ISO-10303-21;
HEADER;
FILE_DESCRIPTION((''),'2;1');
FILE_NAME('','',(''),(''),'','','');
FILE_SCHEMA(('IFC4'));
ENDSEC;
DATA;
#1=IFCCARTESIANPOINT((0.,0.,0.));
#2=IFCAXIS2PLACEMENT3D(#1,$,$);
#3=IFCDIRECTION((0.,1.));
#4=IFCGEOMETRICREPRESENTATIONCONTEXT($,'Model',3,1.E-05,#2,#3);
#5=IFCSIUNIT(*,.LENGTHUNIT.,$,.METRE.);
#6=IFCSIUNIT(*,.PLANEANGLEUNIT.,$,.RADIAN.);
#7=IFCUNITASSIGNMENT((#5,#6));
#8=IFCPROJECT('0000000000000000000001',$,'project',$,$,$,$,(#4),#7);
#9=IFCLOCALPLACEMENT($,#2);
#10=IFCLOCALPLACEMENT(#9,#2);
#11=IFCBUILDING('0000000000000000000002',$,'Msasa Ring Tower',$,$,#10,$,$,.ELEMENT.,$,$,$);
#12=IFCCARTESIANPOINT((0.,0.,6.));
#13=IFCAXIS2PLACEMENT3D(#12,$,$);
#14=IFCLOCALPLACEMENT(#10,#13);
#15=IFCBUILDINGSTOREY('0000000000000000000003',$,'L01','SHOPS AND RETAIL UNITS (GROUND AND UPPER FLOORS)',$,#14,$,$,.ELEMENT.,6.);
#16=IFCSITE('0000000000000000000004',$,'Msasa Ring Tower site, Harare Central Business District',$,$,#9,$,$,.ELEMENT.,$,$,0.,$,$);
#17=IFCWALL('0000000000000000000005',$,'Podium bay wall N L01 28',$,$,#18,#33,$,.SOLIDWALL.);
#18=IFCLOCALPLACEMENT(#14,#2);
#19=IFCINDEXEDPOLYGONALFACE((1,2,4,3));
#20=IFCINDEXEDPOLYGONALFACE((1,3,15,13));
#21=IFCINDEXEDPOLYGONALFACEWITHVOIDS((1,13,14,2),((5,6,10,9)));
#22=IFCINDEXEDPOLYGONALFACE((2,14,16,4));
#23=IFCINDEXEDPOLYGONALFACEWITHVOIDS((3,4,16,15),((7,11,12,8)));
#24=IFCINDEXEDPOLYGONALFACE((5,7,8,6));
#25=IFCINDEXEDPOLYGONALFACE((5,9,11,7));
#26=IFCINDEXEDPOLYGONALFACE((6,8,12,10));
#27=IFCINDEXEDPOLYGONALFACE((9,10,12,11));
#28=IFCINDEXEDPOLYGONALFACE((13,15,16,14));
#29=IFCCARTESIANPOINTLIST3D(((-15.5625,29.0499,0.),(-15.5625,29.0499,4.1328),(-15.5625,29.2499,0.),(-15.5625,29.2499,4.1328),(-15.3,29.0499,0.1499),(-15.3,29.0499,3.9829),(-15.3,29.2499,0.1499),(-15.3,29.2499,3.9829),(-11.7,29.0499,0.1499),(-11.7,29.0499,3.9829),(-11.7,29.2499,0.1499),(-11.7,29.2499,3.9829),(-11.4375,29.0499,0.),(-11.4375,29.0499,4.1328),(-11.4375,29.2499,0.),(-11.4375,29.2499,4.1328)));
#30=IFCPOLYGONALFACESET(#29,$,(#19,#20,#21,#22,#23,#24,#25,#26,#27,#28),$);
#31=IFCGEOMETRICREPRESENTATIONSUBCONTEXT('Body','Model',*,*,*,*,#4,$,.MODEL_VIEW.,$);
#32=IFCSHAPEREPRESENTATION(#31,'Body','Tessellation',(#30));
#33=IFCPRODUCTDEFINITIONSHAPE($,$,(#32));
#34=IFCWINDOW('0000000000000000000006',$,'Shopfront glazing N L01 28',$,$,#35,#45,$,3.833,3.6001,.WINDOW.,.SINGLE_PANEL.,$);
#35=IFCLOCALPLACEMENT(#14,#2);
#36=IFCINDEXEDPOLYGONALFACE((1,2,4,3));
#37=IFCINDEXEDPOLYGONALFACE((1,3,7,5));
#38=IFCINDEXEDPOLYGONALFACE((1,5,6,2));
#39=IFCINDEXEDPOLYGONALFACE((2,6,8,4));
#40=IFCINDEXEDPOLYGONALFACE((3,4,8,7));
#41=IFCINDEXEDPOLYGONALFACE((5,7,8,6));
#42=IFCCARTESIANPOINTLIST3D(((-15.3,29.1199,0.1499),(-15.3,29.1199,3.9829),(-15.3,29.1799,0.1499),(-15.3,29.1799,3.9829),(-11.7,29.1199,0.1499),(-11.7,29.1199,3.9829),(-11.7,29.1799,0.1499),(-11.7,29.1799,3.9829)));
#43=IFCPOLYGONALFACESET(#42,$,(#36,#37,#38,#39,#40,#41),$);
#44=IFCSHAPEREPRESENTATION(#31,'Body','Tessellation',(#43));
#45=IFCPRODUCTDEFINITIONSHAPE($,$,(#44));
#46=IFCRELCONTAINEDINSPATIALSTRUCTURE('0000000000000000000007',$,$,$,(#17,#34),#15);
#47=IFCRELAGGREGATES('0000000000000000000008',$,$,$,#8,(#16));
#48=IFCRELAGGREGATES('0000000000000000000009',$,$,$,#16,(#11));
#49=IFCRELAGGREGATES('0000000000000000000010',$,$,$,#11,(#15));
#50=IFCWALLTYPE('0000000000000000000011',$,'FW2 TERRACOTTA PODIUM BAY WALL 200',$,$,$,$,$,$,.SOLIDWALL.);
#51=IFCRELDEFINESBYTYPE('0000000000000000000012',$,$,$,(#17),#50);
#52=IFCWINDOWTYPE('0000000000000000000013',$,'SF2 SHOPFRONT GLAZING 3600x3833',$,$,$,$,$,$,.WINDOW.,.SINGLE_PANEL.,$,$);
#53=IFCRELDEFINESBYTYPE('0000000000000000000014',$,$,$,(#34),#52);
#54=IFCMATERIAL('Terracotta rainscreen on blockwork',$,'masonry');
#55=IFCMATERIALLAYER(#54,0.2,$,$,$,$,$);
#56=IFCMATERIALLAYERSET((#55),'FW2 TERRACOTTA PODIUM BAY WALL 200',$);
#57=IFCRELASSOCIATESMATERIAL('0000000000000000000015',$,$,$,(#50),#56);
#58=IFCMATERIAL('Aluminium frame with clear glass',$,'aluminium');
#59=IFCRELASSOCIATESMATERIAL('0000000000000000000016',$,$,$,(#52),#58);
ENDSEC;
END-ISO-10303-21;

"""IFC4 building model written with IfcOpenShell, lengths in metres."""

from ifc_helpers import new_model, si_unit, direction, frame, frame_2d, origin, place, context, subcontext, project, spatial, rectangle, extrude, material, layer, layer_set, type_object, element, fill, save


model = new_model("IFC4")

# Units and contexts
model_context = context("Model", 3, precision=1e-05, world=origin(), true_north=direction((0.0, 1.0)))
body_context = subcontext(model_context, "Body", "Model", "MODEL_VIEW")
ifc_project = project(units=[si_unit("LENGTHUNIT", "METRE"), si_unit("PLANEANGLEUNIT", "RADIAN")], contexts=[model_context])

# Site, building, storey
site_placement = place(None, origin())
site = spatial("IfcSite", under=ifc_project, at=site_placement, Name="Msasa Ring Tower site, Harare Central Business District", CompositionType="ELEMENT", RefElevation=0.0)
building_placement = place(site_placement, origin())
building = spatial("IfcBuilding", under=site, at=building_placement, Name="Msasa Ring Tower", CompositionType="ELEMENT")
storey_placement = place(building_placement, frame((0.0, 0.0, 6.0)))
storey = spatial("IfcBuildingStorey", under=building, at=storey_placement, Name="L01", Description="SHOPS AND RETAIL UNITS (GROUND AND UPPER FLOORS)", CompositionType="ELEMENT", Elevation=6.0)

# Wall, opening, window
ifc_material_1 = material(Name="Terracotta rainscreen on blockwork", Category="masonry")
ifc_layer = layer(ifc_material_1, 0.2)
ifc_layer_set = layer_set([ifc_layer], Name="FW2 TERRACOTTA PODIUM BAY WALL 200")
wall_type = type_object("IfcWallType", Name="FW2 TERRACOTTA PODIUM BAY WALL 200", PredefinedType="SOLIDWALL", material=ifc_layer_set)
ifc_material_2 = material(Name="Aluminium frame with clear glass", Category="aluminium")
window_type = type_object("IfcWindowType", Name="SF2 SHOPFRONT GLAZING 3600x3833", PartitioningType="SINGLE_PANEL", PredefinedType="WINDOW", material=ifc_material_2)
wall_1_placement = place(storey_placement, frame((-15.5625, 29.1499, 0.0), z_axis=(0.0, 0.0, 1.0), x_axis=(1.0, 0.0, 0.0)))
wall_1 = element("IfcWall", 1, at=wall_1_placement, inside=storey, type_object=wall_type, Name="Podium bay wall N L01 28", PredefinedType="SOLIDWALL", context=body_context, shape_type="SweptSolid", body=[
    extrude(rectangle(XDim=4.125, YDim=0.2, at=frame_2d((2.0625, 0.0))), origin(), (0.0, 0.0, 1.0), 4.1328),
])
opening_1_placement = place(wall_1_placement, frame((0.2625, 0.0, 0.1499)))
opening_1 = element("IfcOpeningElement", 2, at=opening_1_placement, cuts=wall_1, PredefinedType="OPENING", context=body_context, shape_type="SweptSolid", body=[
    extrude(rectangle(XDim=3.6001, YDim=3.833, at=frame_2d((1.8, 1.9165))), frame((0.0, 0.1099, 0.0), z_axis=(0.0, -1.0, 0.0), x_axis=(1.0, 0.0, 0.0)), (0.0, 0.0, 1.0), 0.22),
])
window_1_placement = place(opening_1_placement, origin())
window_1 = element("IfcWindow", 3, at=window_1_placement, inside=storey, type_object=window_type, Name="Shopfront glazing N L01 28", OverallHeight=3.833, OverallWidth=3.6001, PartitioningType="SINGLE_PANEL", PredefinedType="WINDOW", context=body_context, shape_type="SweptSolid", body=[
    extrude(rectangle(XDim=3.6001, YDim=3.833, at=frame_2d((1.8, 1.9165))), frame((0.0, 0.03, 0.0), z_axis=(0.0, -1.0, 0.0), x_axis=(1.0, 0.0, 0.0)), (0.0, 0.0, 1.0), 0.0601),
])
fill(opening_1, window_1)

save(model, "model.ifc")
